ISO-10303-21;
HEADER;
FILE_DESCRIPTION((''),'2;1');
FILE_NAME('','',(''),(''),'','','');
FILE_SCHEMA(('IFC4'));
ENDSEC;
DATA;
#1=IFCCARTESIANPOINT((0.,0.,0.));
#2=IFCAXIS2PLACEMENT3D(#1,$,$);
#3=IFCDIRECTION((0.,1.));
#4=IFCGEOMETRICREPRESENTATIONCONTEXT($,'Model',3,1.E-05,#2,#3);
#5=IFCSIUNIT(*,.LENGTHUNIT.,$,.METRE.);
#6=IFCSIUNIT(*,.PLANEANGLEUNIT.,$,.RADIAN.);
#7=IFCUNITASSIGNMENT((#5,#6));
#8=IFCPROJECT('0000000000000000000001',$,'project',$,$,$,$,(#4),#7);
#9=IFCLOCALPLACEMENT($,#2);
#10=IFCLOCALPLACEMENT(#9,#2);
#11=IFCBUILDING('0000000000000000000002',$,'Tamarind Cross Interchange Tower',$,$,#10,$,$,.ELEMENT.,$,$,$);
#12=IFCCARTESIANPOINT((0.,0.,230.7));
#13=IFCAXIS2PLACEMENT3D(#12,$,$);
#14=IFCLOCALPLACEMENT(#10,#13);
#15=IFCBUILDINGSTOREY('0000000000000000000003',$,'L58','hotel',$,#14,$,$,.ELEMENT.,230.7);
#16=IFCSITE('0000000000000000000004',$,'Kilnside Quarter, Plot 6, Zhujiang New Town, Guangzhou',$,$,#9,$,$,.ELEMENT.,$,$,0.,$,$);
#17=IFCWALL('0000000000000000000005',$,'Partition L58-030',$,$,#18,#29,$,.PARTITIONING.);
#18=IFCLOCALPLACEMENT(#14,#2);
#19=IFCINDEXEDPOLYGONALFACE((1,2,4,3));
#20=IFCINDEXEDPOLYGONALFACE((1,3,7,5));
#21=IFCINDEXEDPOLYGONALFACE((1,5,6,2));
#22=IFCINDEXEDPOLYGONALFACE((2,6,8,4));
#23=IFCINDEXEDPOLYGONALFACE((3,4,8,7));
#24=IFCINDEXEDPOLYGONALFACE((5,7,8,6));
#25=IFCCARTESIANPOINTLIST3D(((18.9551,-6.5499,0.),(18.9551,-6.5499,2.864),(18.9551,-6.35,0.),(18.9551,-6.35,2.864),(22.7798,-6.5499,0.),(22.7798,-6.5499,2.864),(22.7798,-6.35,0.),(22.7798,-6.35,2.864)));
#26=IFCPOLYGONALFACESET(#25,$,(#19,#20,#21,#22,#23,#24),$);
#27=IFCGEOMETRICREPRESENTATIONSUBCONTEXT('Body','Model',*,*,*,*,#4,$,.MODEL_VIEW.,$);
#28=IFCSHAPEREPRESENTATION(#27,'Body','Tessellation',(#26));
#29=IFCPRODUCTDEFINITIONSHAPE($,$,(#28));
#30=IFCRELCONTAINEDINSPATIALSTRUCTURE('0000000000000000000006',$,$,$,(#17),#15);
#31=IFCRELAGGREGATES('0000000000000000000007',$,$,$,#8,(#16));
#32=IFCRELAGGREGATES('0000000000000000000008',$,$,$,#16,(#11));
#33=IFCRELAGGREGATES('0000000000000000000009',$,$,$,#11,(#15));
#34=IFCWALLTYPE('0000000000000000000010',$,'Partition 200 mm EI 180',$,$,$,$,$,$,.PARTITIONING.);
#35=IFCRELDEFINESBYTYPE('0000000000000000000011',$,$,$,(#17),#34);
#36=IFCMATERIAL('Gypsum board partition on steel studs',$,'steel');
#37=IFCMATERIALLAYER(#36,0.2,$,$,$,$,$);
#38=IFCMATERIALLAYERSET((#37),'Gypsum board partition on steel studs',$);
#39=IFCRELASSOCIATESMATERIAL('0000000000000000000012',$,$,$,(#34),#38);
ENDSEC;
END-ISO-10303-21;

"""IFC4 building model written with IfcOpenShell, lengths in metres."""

from ifc_helpers import new_model, si_unit, direction, frame, frame_2d, origin, place, context, subcontext, project, spatial, rectangle, extrude, material, layer, layer_set, type_object, element, save


model = new_model("IFC4")

# Units and contexts
model_context = context("Model", 3, precision=1e-05, world=origin(), true_north=direction((0.0, 1.0)))
body_context = subcontext(model_context, "Body", "Model", "MODEL_VIEW")
ifc_project = project(units=[si_unit("LENGTHUNIT", "METRE"), si_unit("PLANEANGLEUNIT", "RADIAN")], contexts=[model_context])

# Site, building, storey
site_placement = place(None, origin())
site = spatial("IfcSite", under=ifc_project, at=site_placement, Name="Kilnside Quarter, Plot 6, Zhujiang New Town, Guangzhou", CompositionType="ELEMENT", RefElevation=0.0)
building_placement = place(site_placement, origin())
building = spatial("IfcBuilding", under=site, at=building_placement, Name="Tamarind Cross Interchange Tower", CompositionType="ELEMENT")
storey_placement = place(building_placement, frame((0.0, 0.0, 230.7)))
storey = spatial("IfcBuildingStorey", under=building, at=storey_placement, Name="L58", Description="hotel", CompositionType="ELEMENT", Elevation=230.7)

# Shared definitions
ifc_material_1 = material(Name="Gypsum board partition on steel studs", Category="steel")

# Wall
ifc_layer_1 = layer(ifc_material_1, 0.2)
ifc_layer_set_1 = layer_set([ifc_layer_1], Name="Gypsum board partition on steel studs")
wall_type_1 = type_object("IfcWallType", Name="Partition 200 mm EI 180", PredefinedType="PARTITIONING", material=ifc_layer_set_1)
wall_1_placement = place(storey_placement, frame((18.9551, -6.45, 0.0), z_axis=(0.0, 0.0, 1.0), x_axis=(1.0, 0.0, 0.0)))
element("IfcWall", 1, at=wall_1_placement, inside=storey, type_object=wall_type_1, Name="Partition L58-030", PredefinedType="PARTITIONING", context=body_context, shape_type="SweptSolid", body=[
    extrude(rectangle(XDim=3.8247, YDim=0.2, at=frame_2d((1.9124, 0.0))), origin(), (0.0, 0.0, 1.0), 2.864),
])

save(model, "model.ifc")
